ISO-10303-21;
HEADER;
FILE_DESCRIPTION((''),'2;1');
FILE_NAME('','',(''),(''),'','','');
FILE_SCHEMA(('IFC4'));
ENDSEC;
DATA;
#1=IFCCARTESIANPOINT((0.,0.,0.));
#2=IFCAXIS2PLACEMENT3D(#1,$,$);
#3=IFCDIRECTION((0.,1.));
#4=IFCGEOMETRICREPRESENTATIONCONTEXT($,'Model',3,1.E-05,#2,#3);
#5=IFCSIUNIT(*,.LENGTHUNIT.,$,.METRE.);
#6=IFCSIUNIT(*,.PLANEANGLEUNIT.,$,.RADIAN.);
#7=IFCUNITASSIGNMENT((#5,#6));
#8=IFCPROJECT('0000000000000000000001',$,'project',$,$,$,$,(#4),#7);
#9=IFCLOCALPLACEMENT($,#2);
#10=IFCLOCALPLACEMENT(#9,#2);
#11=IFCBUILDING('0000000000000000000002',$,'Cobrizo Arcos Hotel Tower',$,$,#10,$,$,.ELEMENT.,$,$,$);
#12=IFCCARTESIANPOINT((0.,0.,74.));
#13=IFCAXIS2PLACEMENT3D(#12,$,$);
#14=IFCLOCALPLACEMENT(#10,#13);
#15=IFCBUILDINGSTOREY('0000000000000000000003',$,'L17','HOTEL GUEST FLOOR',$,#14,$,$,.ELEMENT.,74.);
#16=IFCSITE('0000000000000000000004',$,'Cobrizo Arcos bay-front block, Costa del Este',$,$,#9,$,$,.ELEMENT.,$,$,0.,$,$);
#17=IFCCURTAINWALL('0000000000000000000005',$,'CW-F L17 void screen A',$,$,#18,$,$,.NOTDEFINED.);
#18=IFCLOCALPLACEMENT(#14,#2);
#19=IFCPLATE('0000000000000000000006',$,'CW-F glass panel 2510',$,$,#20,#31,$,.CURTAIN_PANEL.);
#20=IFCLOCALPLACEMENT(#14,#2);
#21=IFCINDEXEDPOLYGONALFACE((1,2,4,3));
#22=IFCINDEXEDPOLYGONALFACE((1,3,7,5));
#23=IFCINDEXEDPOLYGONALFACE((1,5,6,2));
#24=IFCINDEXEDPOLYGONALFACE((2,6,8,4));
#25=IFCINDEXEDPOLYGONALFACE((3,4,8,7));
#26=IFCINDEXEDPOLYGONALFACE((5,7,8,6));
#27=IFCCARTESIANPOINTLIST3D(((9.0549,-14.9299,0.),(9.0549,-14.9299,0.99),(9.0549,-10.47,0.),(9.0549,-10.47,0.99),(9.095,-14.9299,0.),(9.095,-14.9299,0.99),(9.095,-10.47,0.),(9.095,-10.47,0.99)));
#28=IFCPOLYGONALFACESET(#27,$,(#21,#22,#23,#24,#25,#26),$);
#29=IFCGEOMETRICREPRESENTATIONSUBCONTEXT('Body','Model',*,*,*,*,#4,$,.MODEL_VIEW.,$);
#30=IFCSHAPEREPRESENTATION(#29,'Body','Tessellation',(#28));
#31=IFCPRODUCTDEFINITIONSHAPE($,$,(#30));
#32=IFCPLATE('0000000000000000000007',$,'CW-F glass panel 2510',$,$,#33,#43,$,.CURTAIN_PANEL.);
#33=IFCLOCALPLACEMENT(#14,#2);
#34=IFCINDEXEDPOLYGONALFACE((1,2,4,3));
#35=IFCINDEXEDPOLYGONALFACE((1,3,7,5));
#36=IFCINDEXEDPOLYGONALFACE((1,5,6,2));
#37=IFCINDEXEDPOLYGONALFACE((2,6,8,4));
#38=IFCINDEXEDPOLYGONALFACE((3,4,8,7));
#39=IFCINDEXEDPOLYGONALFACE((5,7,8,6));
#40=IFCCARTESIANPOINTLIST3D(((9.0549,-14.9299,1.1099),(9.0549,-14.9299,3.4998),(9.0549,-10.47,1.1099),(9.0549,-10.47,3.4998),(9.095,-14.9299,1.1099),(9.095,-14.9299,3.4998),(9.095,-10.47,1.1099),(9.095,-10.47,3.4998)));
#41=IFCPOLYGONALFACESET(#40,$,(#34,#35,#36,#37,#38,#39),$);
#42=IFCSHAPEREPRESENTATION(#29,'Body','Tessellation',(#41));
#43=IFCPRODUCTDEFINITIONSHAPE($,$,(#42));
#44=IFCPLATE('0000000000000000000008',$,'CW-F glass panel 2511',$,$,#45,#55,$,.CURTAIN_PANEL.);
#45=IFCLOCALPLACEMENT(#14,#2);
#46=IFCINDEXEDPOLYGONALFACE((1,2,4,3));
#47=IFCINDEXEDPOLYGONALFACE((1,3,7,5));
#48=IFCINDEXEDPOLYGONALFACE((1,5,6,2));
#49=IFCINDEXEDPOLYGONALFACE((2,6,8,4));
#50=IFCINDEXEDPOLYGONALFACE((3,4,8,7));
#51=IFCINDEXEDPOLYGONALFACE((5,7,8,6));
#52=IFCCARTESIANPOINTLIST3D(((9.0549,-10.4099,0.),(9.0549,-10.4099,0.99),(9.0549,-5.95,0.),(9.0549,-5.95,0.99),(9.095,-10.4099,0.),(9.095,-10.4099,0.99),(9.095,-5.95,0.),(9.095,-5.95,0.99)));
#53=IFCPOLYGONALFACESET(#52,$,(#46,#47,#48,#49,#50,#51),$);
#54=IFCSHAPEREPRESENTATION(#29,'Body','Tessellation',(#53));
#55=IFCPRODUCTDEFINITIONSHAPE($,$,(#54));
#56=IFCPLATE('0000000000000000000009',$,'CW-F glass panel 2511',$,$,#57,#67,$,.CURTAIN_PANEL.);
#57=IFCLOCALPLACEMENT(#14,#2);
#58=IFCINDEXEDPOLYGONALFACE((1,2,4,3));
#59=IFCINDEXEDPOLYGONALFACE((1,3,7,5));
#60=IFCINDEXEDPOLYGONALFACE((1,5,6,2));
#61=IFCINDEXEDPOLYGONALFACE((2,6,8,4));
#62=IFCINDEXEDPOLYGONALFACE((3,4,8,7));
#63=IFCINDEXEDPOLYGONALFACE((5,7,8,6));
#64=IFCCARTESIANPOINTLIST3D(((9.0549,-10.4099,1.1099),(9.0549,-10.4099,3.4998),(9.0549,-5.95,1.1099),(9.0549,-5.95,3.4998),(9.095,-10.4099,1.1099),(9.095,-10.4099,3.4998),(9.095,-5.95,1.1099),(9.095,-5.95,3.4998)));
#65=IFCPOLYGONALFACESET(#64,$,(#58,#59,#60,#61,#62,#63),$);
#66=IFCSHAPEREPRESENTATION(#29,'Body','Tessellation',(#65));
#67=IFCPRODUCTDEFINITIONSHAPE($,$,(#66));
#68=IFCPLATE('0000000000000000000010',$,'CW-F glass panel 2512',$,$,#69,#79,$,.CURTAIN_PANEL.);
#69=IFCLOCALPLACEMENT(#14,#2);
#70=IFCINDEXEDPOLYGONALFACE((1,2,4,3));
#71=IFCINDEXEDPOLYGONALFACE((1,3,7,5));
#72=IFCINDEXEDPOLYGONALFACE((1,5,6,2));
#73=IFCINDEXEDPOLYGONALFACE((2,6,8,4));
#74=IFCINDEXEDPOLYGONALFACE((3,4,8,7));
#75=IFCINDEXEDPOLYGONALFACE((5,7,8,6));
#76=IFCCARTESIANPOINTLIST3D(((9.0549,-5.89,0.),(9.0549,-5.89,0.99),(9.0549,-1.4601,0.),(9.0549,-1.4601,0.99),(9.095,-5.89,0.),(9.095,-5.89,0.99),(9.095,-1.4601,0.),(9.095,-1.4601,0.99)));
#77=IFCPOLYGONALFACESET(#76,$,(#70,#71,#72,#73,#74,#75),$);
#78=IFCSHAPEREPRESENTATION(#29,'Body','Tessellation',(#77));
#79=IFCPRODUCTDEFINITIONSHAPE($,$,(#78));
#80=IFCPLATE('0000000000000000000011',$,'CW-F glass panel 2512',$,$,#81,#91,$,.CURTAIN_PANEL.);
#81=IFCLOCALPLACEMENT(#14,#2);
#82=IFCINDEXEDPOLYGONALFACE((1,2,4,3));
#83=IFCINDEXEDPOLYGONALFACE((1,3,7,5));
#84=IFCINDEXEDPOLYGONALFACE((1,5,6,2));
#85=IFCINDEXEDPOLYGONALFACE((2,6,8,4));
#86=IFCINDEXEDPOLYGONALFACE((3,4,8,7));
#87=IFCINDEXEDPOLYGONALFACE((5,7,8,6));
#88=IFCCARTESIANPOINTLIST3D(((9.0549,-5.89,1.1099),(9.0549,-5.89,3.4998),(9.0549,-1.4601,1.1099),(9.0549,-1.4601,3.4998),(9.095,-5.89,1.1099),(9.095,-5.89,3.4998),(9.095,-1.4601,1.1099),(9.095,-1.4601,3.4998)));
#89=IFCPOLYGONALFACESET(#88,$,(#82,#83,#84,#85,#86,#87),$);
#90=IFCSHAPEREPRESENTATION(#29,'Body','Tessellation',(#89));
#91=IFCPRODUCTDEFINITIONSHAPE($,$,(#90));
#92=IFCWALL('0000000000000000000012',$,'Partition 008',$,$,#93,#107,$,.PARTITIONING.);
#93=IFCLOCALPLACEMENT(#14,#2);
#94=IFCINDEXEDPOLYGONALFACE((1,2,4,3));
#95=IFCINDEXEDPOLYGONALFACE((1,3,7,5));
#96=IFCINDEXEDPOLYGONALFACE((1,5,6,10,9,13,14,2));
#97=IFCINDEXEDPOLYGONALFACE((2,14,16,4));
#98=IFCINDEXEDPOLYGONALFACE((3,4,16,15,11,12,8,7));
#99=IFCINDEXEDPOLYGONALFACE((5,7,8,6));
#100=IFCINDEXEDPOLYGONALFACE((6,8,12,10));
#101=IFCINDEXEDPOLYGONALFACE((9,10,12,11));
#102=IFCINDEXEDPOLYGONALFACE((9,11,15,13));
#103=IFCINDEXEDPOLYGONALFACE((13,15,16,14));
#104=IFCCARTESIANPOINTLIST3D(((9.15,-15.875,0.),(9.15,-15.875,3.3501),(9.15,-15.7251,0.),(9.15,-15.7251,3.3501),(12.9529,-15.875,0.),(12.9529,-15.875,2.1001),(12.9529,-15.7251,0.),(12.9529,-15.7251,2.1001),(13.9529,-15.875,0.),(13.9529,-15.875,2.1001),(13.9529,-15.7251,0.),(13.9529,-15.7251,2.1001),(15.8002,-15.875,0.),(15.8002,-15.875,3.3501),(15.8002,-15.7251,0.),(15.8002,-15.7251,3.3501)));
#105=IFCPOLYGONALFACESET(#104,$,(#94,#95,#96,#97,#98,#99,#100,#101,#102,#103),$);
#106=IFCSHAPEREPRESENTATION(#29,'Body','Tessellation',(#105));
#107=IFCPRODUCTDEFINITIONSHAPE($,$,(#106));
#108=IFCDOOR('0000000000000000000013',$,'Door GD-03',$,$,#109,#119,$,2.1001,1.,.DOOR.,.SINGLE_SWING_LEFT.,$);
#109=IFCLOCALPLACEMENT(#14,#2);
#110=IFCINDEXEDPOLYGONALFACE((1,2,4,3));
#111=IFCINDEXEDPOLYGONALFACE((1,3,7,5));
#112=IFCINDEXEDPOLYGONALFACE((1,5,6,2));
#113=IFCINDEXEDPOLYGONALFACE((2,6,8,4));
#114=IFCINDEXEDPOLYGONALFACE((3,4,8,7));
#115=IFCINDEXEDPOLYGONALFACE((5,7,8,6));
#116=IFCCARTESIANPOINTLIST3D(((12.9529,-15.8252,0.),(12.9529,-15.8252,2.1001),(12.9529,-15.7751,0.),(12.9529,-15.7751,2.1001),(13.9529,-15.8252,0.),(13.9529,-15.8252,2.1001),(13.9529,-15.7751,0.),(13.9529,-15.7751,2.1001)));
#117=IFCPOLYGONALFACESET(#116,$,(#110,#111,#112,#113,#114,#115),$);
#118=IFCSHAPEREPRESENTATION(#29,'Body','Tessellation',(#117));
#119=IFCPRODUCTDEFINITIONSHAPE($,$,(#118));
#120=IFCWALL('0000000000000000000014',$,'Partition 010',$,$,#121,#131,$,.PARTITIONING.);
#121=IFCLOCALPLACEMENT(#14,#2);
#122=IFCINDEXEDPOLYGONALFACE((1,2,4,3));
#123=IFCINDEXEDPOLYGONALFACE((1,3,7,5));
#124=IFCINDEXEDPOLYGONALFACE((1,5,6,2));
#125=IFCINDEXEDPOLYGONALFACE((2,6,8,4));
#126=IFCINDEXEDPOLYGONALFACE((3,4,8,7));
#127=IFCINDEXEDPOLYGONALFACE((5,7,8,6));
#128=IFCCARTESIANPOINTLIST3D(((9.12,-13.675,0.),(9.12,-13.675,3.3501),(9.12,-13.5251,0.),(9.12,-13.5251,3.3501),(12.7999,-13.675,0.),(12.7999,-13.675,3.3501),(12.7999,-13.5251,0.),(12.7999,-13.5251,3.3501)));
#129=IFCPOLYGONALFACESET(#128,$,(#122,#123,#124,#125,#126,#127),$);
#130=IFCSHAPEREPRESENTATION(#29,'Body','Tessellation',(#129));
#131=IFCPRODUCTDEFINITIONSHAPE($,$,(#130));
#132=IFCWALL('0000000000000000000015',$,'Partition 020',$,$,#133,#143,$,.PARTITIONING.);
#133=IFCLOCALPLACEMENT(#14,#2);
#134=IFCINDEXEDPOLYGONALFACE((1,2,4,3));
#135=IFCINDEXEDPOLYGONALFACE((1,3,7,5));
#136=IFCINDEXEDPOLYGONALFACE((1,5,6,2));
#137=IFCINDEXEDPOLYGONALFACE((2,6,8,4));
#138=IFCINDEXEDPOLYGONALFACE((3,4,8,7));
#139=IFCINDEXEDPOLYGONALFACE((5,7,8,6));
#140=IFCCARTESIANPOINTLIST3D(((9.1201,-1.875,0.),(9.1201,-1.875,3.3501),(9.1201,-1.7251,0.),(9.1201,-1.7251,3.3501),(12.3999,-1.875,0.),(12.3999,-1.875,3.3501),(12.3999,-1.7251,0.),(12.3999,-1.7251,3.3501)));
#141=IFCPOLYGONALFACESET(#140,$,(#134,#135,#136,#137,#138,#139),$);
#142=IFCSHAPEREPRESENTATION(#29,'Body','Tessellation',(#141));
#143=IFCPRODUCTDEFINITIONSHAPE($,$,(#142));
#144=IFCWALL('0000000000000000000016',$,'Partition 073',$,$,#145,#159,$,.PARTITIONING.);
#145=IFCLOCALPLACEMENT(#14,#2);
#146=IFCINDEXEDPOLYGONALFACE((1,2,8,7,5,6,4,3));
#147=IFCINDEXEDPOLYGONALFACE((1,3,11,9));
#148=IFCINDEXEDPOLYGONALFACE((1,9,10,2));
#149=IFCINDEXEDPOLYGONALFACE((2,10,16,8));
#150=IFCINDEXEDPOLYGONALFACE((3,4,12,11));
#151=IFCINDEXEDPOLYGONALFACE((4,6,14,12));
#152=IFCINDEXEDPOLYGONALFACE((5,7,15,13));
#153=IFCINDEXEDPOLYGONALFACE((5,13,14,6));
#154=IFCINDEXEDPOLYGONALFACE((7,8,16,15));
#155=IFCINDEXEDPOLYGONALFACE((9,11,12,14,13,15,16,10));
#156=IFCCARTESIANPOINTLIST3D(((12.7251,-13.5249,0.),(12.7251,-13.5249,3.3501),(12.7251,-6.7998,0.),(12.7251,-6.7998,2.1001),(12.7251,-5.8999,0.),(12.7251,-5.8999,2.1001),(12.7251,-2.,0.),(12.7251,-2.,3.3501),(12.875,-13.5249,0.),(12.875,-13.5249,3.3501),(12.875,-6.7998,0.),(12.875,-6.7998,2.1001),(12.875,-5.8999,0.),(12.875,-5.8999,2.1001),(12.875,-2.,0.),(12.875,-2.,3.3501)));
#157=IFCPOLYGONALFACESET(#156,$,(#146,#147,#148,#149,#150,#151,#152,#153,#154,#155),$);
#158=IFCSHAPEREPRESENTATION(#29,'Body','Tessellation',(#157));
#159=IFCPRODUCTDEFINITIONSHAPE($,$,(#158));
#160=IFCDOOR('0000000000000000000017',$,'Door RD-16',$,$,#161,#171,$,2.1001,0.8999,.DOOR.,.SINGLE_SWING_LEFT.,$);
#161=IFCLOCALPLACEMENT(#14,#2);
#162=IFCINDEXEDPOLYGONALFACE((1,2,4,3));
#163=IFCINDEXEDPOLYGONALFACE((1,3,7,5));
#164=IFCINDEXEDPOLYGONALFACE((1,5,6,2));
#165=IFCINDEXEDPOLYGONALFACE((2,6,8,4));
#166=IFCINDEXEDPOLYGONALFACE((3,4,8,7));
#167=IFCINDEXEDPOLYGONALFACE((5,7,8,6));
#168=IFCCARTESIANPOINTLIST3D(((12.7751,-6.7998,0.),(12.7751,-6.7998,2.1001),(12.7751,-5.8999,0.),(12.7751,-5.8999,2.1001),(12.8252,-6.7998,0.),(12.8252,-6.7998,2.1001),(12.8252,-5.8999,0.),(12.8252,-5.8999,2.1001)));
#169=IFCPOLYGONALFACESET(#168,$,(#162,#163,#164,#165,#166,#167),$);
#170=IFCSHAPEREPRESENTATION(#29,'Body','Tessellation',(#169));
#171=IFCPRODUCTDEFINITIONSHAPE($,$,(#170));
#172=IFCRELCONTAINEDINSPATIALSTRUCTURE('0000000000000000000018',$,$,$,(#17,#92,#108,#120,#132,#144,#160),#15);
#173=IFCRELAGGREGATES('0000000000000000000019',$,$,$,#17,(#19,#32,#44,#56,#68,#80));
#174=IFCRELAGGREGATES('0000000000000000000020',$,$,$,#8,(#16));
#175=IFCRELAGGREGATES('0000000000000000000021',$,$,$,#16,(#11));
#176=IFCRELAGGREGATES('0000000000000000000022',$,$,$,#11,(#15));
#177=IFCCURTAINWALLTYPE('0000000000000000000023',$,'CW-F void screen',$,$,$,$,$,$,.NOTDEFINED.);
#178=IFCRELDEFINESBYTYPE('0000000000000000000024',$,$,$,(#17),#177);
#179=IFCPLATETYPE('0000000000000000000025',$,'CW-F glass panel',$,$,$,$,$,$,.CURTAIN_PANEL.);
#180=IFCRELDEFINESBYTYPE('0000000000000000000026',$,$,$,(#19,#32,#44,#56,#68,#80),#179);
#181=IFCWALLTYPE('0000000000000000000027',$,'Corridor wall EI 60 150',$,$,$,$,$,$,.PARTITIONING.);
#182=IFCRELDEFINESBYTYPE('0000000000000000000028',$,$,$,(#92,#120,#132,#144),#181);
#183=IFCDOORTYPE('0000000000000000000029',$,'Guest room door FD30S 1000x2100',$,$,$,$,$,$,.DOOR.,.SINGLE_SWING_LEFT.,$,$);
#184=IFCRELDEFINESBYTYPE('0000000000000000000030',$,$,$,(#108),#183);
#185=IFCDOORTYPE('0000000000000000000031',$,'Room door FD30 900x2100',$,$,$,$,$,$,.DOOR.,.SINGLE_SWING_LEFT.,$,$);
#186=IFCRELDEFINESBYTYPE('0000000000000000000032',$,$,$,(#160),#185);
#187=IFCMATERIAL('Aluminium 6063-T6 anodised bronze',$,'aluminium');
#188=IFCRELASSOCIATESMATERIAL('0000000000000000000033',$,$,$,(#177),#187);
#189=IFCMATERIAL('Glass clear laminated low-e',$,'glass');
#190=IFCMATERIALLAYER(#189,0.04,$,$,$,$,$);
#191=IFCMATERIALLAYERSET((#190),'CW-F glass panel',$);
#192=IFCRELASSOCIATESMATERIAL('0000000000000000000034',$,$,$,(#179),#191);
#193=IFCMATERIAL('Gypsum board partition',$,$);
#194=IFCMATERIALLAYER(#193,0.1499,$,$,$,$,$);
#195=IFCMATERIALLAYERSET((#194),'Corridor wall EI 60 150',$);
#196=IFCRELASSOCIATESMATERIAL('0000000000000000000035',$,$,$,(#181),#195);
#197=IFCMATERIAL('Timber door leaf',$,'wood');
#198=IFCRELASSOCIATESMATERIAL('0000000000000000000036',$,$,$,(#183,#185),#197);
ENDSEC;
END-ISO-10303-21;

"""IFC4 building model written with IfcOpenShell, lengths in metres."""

from ifc_helpers import new_model, si_unit, direction, frame, frame_2d, origin, origin_2d, place, context, subcontext, project, spatial, rectangle, extrude, material, layer, layer_set, type_object, element, fill, aggregate, save


model = new_model("IFC4")

# Units and contexts
model_context = context("Model", 3, precision=1e-05, world=origin(), true_north=direction((0.0, 1.0)))
body_context = subcontext(model_context, "Body", "Model", "MODEL_VIEW")
ifc_project = project(units=[si_unit("LENGTHUNIT", "METRE"), si_unit("PLANEANGLEUNIT", "RADIAN")], contexts=[model_context])

# Site, building, storey
site_placement = place(None, origin())
site = spatial("IfcSite", under=ifc_project, at=site_placement, Name="Cobrizo Arcos bay-front block, Costa del Este", CompositionType="ELEMENT", RefElevation=0.0)
building_placement = place(site_placement, origin())
building = spatial("IfcBuilding", under=site, at=building_placement, Name="Cobrizo Arcos Hotel Tower", CompositionType="ELEMENT")
storey_placement = place(building_placement, frame((0.0, 0.0, 74.0)))
storey = spatial("IfcBuildingStorey", under=building, at=storey_placement, Name="L17", Description="HOTEL GUEST FLOOR", CompositionType="ELEMENT", Elevation=74.0)

# Curtain wall
ifc_material_1 = material(Name="Aluminium 6063-T6 anodised bronze", Category="aluminium")
curtain_wall_type = type_object("IfcCurtainWallType", Name="CW-F void screen", PredefinedType="NOTDEFINED", material=ifc_material_1)
curtain_wall_placement = place(storey_placement, origin())
curtain_wall = element("IfcCurtainWall", 1, at=curtain_wall_placement, inside=storey, type_object=curtain_wall_type, Name="CW-F L17 void screen A", PredefinedType="NOTDEFINED")

# Plates
ifc_material_2 = material(Name="Glass clear laminated low-e", Category="glass")
ifc_layer_1 = layer(ifc_material_2, 0.04)
ifc_layer_set_1 = layer_set([ifc_layer_1], Name="CW-F glass panel")
plate_type = type_object("IfcPlateType", Name="CW-F glass panel", PredefinedType="CURTAIN_PANEL", material=ifc_layer_set_1)
plate_1_placement = place(storey_placement, frame((9.075, -12.7, 0.0), z_axis=(0.0, 0.0, 1.0), x_axis=(0.0, 1.0, 0.0)))
plate_1 = element("IfcPlate", 2, at=plate_1_placement, type_object=plate_type, Name="CW-F glass panel 2510", PredefinedType="CURTAIN_PANEL", context=body_context, shape_type="SweptSolid", body=[
    extrude(rectangle(XDim=4.46, YDim=0.04, at=origin_2d()), origin(), (0.0, 0.0, 1.0), 0.99),
])
plate_2_placement = place(storey_placement, frame((9.075, -12.7, 1.1099), z_axis=(0.0, 0.0, 1.0), x_axis=(0.0, 1.0, 0.0)))
plate_2 = element("IfcPlate", 3, at=plate_2_placement, type_object=plate_type, Name="CW-F glass panel 2510", PredefinedType="CURTAIN_PANEL", context=body_context, shape_type="SweptSolid", body=[
    extrude(rectangle(XDim=4.46, YDim=0.04, at=origin_2d()), origin(), (0.0, 0.0, 1.0), 2.3899),
])
plate_3_placement = place(storey_placement, frame((9.075, -8.1799, 0.0), z_axis=(0.0, 0.0, 1.0), x_axis=(0.0, 1.0, 0.0)))
plate_3 = element("IfcPlate", 4, at=plate_3_placement, type_object=plate_type, Name="CW-F glass panel 2511", PredefinedType="CURTAIN_PANEL", context=body_context, shape_type="SweptSolid", body=[
    extrude(rectangle(XDim=4.46, YDim=0.04, at=origin_2d()), origin(), (0.0, 0.0, 1.0), 0.99),
])
plate_4_placement = place(storey_placement, frame((9.075, -8.1799, 1.1099), z_axis=(0.0, 0.0, 1.0), x_axis=(0.0, 1.0, 0.0)))
plate_4 = element("IfcPlate", 5, at=plate_4_placement, type_object=plate_type, Name="CW-F glass panel 2511", PredefinedType="CURTAIN_PANEL", context=body_context, shape_type="SweptSolid", body=[
    extrude(rectangle(XDim=4.46, YDim=0.04, at=origin_2d()), origin(), (0.0, 0.0, 1.0), 2.3899),
])
plate_5_placement = place(storey_placement, frame((9.075, -3.675, 0.0), z_axis=(0.0, 0.0, 1.0), x_axis=(0.0, 1.0, 0.0)))
plate_5 = element("IfcPlate", 6, at=plate_5_placement, type_object=plate_type, Name="CW-F glass panel 2512", PredefinedType="CURTAIN_PANEL", context=body_context, shape_type="SweptSolid", body=[
    extrude(rectangle(XDim=4.4299, YDim=0.04, at=origin_2d()), origin(), (0.0, 0.0, 1.0), 0.99),
])
plate_6_placement = place(storey_placement, frame((9.075, -3.675, 1.1099), z_axis=(0.0, 0.0, 1.0), x_axis=(0.0, 1.0, 0.0)))
plate_6 = element("IfcPlate", 7, at=plate_6_placement, type_object=plate_type, Name="CW-F glass panel 2512", PredefinedType="CURTAIN_PANEL", context=body_context, shape_type="SweptSolid", body=[
    extrude(rectangle(XDim=4.4299, YDim=0.04, at=origin_2d()), origin(), (0.0, 0.0, 1.0), 2.3899),
])
aggregate(curtain_wall, [plate_1, plate_2, plate_3, plate_4, plate_5, plate_6])

# Wall, opening, door
ifc_material_3 = material(Name="Gypsum board partition")
ifc_layer_2 = layer(ifc_material_3, 0.1499)
ifc_layer_set_2 = layer_set([ifc_layer_2], Name="Corridor wall EI 60 150")
wall_type_1 = type_object("IfcWallType", Name="Corridor wall EI 60 150", PredefinedType="PARTITIONING", material=ifc_layer_set_2)
wall_1_placement = place(storey_placement, frame((9.1499, -15.8, 0.0), z_axis=(0.0, 0.0, 1.0), x_axis=(1.0, 0.0, 0.0)))
wall_1 = element("IfcWall", 8, at=wall_1_placement, inside=storey, type_object=wall_type_1, Name="Partition 008", PredefinedType="PARTITIONING", context=body_context, shape_type="SweptSolid", body=[
    extrude(rectangle(XDim=6.6501, YDim=0.1499, at=frame_2d((3.3252, 0.0))), origin(), (0.0, 0.0, 1.0), 3.3501),
])
opening_1_placement = place(wall_1_placement, frame((3.803, 0.0, 0.0)))
opening_1 = element("IfcOpeningElement", 9, at=opening_1_placement, cuts=wall_1, PredefinedType="OPENING", context=body_context, shape_type="SweptSolid", body=[
    extrude(rectangle(XDim=1.0, YDim=2.1001, at=frame_2d((0.5, 1.05))), frame((0.0, 0.0869, 0.0), z_axis=(0.0, -1.0, 0.0), x_axis=(1.0, 0.0, 0.0)), (0.0, 0.0, 1.0), 0.1738),
])
ifc_material_4 = material(Name="Timber door leaf", Category="wood")
door_type_1 = type_object("IfcDoorType", Name="Guest room door FD30S 1000x2100", OperationType="SINGLE_SWING_LEFT", PredefinedType="DOOR", material=ifc_material_4)
door_1_placement = place(opening_1_placement, origin())
door_1 = element("IfcDoor", 10, at=door_1_placement, inside=storey, type_object=door_type_1, Name="Door GD-03", OperationType="SINGLE_SWING_LEFT", OverallHeight=2.1001, OverallWidth=1.0, PredefinedType="DOOR", context=body_context, shape_type="SweptSolid", body=[
    extrude(rectangle(XDim=1.0, YDim=2.1001, at=frame_2d((0.5, 1.05))), frame((0.0, 0.0249, 0.0), z_axis=(0.0, -1.0, 0.0), x_axis=(1.0, 0.0, 0.0)), (0.0, 0.0, 1.0), 0.05),
])
fill(opening_1, door_1)

# Walls
wall_2_placement = place(storey_placement, frame((9.1201, -13.6001, 0.0), z_axis=(0.0, 0.0, 1.0), x_axis=(1.0, 0.0, 0.0)))
element("IfcWall", 11, at=wall_2_placement, inside=storey, type_object=wall_type_1, Name="Partition 010", PredefinedType="PARTITIONING", context=body_context, shape_type="SweptSolid", body=[
    extrude(rectangle(XDim=3.6799, YDim=0.1499, at=frame_2d((1.8398, 0.0))), origin(), (0.0, 0.0, 1.0), 3.3501),
])
wall_3_placement = place(storey_placement, frame((9.1201, -1.8, 0.0), z_axis=(0.0, 0.0, 1.0), x_axis=(1.0, 0.0, 0.0)))
element("IfcWall", 12, at=wall_3_placement, inside=storey, type_object=wall_type_1, Name="Partition 020", PredefinedType="PARTITIONING", context=body_context, shape_type="SweptSolid", body=[
    extrude(rectangle(XDim=3.2798, YDim=0.1499, at=frame_2d((1.6399, 0.0))), origin(), (0.0, 0.0, 1.0), 3.3501),
])

# Wall, opening, door
wall_4_placement = place(storey_placement, frame((12.8, -13.5249, 0.0), z_axis=(0.0, 0.0, 1.0), x_axis=(0.0, 1.0, 0.0)))
wall_4 = element("IfcWall", 13, at=wall_4_placement, inside=storey, type_object=wall_type_1, Name="Partition 073", PredefinedType="PARTITIONING", context=body_context, shape_type="SweptSolid", body=[
    extrude(rectangle(XDim=11.5249, YDim=0.1499, at=frame_2d((5.7625, 0.0))), origin(), (0.0, 0.0, 1.0), 3.3501),
])
opening_2_placement = place(wall_4_placement, frame((6.7251, 0.0, 0.0)))
opening_2 = element("IfcOpeningElement", 14, at=opening_2_placement, cuts=wall_4, PredefinedType="OPENING", context=body_context, shape_type="SweptSolid", body=[
    extrude(rectangle(XDim=0.8999, YDim=2.1001, at=frame_2d((0.45, 1.05))), frame((0.0, 0.0869, 0.0), z_axis=(0.0, -1.0, 0.0), x_axis=(1.0, 0.0, 0.0)), (0.0, 0.0, 1.0), 0.1738),
])
door_type_2 = type_object("IfcDoorType", Name="Room door FD30 900x2100", OperationType="SINGLE_SWING_LEFT", PredefinedType="DOOR", material=ifc_material_4)
door_2_placement = place(opening_2_placement, origin())
door_2 = element("IfcDoor", 15, at=door_2_placement, inside=storey, type_object=door_type_2, Name="Door RD-16", OperationType="SINGLE_SWING_LEFT", OverallHeight=2.1001, OverallWidth=0.8999, PredefinedType="DOOR", context=body_context, shape_type="SweptSolid", body=[
    extrude(rectangle(XDim=0.8999, YDim=2.1001, at=frame_2d((0.45, 1.05))), frame((0.0, 0.0249, 0.0), z_axis=(0.0, -1.0, 0.0), x_axis=(1.0, 0.0, 0.0)), (0.0, 0.0, 1.0), 0.05),
])
fill(opening_2, door_2)

save(model, "model.ifc")
